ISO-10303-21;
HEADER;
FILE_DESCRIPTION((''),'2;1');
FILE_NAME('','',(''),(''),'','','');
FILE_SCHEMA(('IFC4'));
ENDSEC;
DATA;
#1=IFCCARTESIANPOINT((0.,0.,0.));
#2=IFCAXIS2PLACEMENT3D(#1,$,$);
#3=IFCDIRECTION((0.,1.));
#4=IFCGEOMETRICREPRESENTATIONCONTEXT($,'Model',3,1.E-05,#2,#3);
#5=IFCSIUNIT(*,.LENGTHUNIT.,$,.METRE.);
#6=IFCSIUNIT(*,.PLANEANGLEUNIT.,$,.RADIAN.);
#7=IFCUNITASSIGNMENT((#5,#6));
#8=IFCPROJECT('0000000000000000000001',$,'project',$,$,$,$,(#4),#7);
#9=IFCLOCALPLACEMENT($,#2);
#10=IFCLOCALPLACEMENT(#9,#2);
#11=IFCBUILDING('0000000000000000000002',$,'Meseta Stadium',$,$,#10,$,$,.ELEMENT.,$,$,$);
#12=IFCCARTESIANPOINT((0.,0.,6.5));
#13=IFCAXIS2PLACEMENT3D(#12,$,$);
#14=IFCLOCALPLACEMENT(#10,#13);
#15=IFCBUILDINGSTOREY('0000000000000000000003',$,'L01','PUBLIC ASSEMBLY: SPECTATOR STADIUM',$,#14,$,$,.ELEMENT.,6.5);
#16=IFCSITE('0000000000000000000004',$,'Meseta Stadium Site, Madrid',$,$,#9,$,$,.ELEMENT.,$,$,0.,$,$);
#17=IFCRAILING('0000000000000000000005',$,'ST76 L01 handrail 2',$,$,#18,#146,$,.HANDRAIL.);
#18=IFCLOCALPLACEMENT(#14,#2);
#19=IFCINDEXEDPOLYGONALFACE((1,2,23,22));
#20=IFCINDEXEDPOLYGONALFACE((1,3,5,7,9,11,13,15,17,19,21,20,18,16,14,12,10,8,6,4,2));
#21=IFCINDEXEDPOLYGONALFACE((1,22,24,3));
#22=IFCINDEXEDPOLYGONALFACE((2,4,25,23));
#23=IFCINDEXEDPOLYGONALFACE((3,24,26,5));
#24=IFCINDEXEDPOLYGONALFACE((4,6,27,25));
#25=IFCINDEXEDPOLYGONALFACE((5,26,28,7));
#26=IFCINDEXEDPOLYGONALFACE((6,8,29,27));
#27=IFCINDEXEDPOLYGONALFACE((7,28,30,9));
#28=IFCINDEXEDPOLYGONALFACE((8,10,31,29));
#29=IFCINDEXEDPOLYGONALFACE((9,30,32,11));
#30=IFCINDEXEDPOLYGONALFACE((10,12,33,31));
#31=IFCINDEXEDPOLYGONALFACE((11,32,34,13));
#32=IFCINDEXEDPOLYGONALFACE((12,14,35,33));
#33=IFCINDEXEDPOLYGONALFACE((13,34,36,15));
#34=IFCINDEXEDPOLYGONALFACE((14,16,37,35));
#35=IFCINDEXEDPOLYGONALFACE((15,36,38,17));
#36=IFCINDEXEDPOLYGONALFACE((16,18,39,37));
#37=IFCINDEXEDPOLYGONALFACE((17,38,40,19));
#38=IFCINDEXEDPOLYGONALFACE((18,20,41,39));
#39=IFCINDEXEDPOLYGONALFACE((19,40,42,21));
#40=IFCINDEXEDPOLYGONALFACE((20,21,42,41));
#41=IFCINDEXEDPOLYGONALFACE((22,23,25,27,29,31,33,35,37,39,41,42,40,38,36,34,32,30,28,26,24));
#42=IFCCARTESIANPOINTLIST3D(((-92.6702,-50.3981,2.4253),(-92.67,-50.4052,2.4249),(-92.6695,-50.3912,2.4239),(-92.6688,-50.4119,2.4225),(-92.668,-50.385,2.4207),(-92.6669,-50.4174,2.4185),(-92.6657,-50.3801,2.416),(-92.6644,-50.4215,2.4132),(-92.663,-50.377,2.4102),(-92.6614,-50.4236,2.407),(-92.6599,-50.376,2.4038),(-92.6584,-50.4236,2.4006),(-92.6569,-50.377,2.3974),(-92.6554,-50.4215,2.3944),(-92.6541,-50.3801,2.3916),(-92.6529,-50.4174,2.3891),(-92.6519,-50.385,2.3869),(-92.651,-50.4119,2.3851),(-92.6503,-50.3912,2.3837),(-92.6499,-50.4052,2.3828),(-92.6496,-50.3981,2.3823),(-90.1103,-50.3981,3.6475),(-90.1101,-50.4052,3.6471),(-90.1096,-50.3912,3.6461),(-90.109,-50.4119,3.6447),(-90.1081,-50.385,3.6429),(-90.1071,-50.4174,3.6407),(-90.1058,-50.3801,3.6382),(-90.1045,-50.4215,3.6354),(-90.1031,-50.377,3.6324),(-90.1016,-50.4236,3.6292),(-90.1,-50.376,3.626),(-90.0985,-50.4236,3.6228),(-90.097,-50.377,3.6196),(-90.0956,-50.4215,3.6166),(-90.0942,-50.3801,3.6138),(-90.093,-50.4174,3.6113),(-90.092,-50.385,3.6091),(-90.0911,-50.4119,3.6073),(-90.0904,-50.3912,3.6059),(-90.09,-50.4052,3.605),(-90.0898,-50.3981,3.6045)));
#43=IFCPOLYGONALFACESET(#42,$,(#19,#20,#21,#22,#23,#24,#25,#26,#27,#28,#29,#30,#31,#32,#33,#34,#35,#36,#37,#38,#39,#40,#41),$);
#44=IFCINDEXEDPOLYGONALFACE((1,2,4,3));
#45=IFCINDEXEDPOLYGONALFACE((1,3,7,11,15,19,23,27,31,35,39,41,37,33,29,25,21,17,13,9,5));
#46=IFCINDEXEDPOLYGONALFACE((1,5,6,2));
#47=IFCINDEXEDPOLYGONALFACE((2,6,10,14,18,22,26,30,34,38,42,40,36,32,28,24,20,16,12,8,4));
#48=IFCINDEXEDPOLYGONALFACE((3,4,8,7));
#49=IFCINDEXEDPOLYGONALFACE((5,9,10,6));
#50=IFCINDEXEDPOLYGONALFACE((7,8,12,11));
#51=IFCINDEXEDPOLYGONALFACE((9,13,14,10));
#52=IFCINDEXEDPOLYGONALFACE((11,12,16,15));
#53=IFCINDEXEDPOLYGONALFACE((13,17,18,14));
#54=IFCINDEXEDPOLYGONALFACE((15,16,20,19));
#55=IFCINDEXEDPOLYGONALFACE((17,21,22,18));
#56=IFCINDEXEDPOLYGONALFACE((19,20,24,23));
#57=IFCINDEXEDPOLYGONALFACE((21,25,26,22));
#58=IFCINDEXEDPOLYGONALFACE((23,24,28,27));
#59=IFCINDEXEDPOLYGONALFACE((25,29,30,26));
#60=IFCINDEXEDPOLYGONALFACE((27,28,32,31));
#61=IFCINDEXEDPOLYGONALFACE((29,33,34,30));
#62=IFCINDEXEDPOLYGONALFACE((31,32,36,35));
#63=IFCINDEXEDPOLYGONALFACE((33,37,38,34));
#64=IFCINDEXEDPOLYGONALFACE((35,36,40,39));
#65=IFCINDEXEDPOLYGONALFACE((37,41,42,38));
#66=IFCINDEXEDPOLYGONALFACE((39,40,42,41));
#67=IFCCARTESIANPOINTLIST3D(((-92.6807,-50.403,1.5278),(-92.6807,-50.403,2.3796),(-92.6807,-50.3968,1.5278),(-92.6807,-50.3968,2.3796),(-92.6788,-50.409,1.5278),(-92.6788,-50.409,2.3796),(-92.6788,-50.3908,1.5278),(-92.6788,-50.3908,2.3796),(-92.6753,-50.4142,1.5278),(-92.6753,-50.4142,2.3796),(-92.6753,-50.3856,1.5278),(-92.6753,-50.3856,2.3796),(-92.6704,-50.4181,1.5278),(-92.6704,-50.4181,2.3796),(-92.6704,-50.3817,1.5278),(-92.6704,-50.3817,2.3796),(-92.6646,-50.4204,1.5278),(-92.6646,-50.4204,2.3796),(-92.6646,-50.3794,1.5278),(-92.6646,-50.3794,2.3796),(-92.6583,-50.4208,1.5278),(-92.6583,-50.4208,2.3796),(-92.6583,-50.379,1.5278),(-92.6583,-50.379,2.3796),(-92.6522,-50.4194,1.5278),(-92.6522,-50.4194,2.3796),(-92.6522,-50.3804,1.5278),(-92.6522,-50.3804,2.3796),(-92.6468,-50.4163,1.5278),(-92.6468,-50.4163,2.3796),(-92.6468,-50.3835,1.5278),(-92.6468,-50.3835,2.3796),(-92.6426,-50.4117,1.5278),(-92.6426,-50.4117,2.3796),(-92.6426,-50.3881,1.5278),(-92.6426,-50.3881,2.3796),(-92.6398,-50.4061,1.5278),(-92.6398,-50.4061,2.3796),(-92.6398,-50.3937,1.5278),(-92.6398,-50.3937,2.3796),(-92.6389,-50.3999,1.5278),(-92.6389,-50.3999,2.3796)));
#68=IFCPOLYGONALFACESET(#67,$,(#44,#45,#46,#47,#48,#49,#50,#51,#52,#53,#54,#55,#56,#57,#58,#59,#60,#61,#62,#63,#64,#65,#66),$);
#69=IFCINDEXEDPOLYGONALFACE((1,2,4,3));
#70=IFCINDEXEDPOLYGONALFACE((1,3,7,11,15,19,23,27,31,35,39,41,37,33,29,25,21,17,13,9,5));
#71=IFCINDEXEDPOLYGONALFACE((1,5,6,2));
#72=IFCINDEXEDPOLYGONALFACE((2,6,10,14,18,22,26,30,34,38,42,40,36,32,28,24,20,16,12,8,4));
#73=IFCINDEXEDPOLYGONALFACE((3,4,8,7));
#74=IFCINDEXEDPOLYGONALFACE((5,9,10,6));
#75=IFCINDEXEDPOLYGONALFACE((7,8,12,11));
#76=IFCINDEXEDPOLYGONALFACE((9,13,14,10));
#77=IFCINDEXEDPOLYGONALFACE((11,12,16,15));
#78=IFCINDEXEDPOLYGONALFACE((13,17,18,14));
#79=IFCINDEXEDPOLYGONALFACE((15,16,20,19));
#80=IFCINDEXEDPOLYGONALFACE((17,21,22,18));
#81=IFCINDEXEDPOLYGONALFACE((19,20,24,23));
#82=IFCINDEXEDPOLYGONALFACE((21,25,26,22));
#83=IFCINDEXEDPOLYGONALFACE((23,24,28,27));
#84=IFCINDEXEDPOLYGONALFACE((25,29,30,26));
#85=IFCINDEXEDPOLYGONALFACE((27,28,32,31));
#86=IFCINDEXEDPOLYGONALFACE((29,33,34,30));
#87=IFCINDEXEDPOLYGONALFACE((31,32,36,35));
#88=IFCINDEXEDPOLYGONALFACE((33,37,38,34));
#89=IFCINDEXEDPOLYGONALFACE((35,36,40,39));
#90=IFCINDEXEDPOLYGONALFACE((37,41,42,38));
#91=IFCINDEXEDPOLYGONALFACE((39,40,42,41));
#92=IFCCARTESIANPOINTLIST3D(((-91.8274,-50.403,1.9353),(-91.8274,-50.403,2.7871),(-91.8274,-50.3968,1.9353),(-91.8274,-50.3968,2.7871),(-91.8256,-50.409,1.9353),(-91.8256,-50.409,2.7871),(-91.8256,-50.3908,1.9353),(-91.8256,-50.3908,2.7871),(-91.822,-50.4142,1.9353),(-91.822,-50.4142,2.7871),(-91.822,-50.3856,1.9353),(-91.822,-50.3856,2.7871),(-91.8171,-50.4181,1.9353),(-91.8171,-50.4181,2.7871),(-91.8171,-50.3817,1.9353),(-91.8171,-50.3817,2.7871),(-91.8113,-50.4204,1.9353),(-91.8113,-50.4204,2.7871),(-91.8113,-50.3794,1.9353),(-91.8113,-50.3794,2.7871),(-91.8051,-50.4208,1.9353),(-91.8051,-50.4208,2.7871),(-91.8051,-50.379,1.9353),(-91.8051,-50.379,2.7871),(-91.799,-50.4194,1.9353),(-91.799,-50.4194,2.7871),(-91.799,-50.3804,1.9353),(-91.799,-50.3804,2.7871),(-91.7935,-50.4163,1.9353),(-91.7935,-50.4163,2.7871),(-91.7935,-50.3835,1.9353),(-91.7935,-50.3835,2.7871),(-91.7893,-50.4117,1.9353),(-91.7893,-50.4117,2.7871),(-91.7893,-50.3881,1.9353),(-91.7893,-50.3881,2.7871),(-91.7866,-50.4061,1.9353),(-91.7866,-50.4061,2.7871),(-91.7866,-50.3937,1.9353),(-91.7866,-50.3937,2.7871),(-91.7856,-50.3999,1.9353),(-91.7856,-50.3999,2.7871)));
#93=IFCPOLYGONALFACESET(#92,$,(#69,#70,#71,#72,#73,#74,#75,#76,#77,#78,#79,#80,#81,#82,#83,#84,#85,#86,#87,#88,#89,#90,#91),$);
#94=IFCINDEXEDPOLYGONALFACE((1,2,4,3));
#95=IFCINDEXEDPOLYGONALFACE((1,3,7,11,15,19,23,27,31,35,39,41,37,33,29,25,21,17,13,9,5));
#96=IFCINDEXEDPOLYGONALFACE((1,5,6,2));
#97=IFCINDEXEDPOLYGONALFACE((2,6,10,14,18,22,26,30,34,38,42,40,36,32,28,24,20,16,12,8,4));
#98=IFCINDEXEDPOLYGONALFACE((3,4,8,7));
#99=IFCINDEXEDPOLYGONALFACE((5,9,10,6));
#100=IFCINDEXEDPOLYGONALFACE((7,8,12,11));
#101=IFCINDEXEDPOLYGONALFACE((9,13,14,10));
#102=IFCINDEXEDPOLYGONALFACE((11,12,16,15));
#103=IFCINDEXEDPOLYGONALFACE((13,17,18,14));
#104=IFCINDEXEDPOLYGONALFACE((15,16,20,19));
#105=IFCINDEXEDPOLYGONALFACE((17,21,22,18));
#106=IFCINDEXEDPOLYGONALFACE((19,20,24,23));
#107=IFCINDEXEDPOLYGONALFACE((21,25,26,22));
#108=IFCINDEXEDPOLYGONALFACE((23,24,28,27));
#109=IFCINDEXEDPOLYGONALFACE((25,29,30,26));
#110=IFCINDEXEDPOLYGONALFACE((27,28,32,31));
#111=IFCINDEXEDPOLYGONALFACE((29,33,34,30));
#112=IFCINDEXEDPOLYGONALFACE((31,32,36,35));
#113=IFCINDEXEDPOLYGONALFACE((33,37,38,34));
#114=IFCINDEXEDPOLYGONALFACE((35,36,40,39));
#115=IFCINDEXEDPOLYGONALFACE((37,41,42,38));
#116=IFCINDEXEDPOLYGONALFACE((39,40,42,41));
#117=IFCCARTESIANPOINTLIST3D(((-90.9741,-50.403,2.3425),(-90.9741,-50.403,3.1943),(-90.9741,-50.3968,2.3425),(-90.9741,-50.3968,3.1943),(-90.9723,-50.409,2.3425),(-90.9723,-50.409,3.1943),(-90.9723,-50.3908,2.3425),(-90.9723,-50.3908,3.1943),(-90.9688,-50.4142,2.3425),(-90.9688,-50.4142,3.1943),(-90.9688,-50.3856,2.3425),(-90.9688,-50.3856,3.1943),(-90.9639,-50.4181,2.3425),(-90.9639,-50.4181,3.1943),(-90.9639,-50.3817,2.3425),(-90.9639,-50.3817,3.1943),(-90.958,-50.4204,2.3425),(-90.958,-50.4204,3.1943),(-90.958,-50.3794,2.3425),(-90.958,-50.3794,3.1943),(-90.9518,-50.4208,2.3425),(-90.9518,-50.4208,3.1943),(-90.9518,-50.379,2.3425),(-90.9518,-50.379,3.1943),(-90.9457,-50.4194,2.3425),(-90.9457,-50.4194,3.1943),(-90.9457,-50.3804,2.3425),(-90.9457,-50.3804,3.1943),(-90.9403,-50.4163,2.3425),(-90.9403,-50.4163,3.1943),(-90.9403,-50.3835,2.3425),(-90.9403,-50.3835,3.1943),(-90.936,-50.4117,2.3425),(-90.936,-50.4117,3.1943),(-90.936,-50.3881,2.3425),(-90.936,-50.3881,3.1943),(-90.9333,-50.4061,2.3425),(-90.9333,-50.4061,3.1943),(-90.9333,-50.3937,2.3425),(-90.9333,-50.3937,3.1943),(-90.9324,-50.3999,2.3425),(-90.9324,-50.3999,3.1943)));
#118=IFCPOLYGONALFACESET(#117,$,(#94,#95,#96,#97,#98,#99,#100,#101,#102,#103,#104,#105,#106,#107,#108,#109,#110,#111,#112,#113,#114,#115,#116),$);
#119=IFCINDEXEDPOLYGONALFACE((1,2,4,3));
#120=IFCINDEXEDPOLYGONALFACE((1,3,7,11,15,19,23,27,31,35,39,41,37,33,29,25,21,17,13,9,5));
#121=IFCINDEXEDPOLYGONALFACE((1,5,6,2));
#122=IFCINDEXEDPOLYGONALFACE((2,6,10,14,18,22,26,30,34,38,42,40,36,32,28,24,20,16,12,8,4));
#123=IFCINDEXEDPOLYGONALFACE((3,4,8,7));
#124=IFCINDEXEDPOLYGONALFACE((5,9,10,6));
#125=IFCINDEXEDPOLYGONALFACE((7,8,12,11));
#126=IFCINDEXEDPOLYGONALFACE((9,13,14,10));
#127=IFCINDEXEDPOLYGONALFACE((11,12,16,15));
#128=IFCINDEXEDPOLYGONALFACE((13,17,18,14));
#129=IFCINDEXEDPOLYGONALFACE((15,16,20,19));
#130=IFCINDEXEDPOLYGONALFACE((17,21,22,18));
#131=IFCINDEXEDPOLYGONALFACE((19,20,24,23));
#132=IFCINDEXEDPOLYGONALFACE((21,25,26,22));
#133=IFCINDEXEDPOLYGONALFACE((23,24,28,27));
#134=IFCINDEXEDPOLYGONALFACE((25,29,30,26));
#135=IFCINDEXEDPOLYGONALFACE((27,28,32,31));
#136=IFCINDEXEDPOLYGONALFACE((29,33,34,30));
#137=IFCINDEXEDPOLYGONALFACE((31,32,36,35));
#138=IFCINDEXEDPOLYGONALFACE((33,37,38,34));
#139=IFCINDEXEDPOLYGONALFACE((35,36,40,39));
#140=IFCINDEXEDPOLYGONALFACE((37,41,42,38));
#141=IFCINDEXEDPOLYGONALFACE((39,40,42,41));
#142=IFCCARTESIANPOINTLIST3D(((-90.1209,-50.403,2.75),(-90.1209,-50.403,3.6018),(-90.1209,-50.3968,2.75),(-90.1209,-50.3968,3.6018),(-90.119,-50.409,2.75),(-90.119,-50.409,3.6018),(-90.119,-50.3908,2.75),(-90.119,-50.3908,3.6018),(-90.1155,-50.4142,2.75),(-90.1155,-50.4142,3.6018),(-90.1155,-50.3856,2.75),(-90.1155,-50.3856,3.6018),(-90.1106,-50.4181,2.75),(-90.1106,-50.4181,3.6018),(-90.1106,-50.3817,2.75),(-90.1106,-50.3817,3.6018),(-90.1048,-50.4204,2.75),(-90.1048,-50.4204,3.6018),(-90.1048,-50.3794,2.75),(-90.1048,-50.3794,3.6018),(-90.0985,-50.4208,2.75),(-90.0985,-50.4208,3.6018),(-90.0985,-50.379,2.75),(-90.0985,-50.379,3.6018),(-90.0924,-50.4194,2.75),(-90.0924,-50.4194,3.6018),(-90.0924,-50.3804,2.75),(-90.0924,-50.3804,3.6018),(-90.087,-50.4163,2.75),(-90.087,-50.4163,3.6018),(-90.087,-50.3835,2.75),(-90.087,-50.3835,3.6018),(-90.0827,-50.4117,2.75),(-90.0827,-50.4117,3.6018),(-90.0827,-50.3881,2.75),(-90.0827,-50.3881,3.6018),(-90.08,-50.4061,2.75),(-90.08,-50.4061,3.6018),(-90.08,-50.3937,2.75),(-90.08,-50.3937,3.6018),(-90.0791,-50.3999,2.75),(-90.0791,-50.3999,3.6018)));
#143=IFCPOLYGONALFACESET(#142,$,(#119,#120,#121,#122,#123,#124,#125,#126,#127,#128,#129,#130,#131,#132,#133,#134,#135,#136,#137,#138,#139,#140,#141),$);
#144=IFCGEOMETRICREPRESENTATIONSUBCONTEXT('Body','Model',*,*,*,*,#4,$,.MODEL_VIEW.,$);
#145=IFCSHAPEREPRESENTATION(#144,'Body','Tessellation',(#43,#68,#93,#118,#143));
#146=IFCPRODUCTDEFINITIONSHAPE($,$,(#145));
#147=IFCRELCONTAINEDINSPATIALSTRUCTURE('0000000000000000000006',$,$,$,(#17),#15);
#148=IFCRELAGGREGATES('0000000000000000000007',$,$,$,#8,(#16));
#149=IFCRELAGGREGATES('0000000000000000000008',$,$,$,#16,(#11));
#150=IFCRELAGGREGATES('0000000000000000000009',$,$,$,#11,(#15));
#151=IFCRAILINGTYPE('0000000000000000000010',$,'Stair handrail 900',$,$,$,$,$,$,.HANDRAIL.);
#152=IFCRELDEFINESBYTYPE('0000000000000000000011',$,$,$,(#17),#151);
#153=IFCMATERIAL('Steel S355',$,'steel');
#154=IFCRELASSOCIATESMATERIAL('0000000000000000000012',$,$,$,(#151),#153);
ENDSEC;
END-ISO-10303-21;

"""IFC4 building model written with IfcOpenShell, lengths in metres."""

from ifc_helpers import new_model, si_unit, direction, frame, origin, origin_2d, place, context, subcontext, project, spatial, circle, extrude, material, type_object, element, save


model = new_model("IFC4")

# Units and contexts
model_context = context("Model", 3, precision=1e-05, world=origin(), true_north=direction((0.0, 1.0)))
body_context = subcontext(model_context, "Body", "Model", "MODEL_VIEW")
ifc_project = project(units=[si_unit("LENGTHUNIT", "METRE"), si_unit("PLANEANGLEUNIT", "RADIAN")], contexts=[model_context])

# Site, building, storey
site_placement = place(None, origin())
site = spatial("IfcSite", under=ifc_project, at=site_placement, Name="Meseta Stadium Site, Madrid", CompositionType="ELEMENT", RefElevation=0.0)
building_placement = place(site_placement, origin())
building = spatial("IfcBuilding", under=site, at=building_placement, Name="Meseta Stadium", CompositionType="ELEMENT")
storey_placement = place(building_placement, frame((0.0, 0.0, 6.5)))
storey = spatial("IfcBuildingStorey", under=building, at=storey_placement, Name="L01", Description="PUBLIC ASSEMBLY: SPECTATOR STADIUM", CompositionType="ELEMENT", Elevation=6.5)

# Railing
ifc_material_1 = material(Name="Steel S355", Category="steel")
railing_type_1 = type_object("IfcRailingType", Name="Stair handrail 900", PredefinedType="HANDRAIL", material=ifc_material_1)
for number, where, name in (
    (1, (-92.6599, -50.3999, 1.5278), "ST76 L01 handrail 2"),
):
    element("IfcRailing", number, at=place(storey_placement, frame(where)), inside=storey, type_object=railing_type_1, Name=name, PredefinedType="HANDRAIL", context=body_context, shape_type="SweptSolid", body=[
        extrude(circle(Radius=0.0239, at=origin_2d()), frame((0.0, 0.0, 0.876), z_axis=(0.902421, 0.0, 0.430855), x_axis=(0.0, 1.0, 0.0)), (0.0, 0.0, 1.0), 2.8367),
        extrude(circle(Radius=0.021, at=origin_2d()), origin(), (0.0, 0.0, 1.0), 0.8518),
        extrude(circle(Radius=0.021, at=origin_2d()), frame((0.8533, 0.0, 0.4075)), (0.0, 0.0, 1.0), 0.8518),
        extrude(circle(Radius=0.021, at=origin_2d()), frame((1.7065, 0.0, 0.8147)), (0.0, 0.0, 1.0), 0.8518),
        extrude(circle(Radius=0.021, at=origin_2d()), frame((2.5598, 0.0, 1.2222)), (0.0, 0.0, 1.0), 0.8518),
    ])

save(model, "model.ifc")
